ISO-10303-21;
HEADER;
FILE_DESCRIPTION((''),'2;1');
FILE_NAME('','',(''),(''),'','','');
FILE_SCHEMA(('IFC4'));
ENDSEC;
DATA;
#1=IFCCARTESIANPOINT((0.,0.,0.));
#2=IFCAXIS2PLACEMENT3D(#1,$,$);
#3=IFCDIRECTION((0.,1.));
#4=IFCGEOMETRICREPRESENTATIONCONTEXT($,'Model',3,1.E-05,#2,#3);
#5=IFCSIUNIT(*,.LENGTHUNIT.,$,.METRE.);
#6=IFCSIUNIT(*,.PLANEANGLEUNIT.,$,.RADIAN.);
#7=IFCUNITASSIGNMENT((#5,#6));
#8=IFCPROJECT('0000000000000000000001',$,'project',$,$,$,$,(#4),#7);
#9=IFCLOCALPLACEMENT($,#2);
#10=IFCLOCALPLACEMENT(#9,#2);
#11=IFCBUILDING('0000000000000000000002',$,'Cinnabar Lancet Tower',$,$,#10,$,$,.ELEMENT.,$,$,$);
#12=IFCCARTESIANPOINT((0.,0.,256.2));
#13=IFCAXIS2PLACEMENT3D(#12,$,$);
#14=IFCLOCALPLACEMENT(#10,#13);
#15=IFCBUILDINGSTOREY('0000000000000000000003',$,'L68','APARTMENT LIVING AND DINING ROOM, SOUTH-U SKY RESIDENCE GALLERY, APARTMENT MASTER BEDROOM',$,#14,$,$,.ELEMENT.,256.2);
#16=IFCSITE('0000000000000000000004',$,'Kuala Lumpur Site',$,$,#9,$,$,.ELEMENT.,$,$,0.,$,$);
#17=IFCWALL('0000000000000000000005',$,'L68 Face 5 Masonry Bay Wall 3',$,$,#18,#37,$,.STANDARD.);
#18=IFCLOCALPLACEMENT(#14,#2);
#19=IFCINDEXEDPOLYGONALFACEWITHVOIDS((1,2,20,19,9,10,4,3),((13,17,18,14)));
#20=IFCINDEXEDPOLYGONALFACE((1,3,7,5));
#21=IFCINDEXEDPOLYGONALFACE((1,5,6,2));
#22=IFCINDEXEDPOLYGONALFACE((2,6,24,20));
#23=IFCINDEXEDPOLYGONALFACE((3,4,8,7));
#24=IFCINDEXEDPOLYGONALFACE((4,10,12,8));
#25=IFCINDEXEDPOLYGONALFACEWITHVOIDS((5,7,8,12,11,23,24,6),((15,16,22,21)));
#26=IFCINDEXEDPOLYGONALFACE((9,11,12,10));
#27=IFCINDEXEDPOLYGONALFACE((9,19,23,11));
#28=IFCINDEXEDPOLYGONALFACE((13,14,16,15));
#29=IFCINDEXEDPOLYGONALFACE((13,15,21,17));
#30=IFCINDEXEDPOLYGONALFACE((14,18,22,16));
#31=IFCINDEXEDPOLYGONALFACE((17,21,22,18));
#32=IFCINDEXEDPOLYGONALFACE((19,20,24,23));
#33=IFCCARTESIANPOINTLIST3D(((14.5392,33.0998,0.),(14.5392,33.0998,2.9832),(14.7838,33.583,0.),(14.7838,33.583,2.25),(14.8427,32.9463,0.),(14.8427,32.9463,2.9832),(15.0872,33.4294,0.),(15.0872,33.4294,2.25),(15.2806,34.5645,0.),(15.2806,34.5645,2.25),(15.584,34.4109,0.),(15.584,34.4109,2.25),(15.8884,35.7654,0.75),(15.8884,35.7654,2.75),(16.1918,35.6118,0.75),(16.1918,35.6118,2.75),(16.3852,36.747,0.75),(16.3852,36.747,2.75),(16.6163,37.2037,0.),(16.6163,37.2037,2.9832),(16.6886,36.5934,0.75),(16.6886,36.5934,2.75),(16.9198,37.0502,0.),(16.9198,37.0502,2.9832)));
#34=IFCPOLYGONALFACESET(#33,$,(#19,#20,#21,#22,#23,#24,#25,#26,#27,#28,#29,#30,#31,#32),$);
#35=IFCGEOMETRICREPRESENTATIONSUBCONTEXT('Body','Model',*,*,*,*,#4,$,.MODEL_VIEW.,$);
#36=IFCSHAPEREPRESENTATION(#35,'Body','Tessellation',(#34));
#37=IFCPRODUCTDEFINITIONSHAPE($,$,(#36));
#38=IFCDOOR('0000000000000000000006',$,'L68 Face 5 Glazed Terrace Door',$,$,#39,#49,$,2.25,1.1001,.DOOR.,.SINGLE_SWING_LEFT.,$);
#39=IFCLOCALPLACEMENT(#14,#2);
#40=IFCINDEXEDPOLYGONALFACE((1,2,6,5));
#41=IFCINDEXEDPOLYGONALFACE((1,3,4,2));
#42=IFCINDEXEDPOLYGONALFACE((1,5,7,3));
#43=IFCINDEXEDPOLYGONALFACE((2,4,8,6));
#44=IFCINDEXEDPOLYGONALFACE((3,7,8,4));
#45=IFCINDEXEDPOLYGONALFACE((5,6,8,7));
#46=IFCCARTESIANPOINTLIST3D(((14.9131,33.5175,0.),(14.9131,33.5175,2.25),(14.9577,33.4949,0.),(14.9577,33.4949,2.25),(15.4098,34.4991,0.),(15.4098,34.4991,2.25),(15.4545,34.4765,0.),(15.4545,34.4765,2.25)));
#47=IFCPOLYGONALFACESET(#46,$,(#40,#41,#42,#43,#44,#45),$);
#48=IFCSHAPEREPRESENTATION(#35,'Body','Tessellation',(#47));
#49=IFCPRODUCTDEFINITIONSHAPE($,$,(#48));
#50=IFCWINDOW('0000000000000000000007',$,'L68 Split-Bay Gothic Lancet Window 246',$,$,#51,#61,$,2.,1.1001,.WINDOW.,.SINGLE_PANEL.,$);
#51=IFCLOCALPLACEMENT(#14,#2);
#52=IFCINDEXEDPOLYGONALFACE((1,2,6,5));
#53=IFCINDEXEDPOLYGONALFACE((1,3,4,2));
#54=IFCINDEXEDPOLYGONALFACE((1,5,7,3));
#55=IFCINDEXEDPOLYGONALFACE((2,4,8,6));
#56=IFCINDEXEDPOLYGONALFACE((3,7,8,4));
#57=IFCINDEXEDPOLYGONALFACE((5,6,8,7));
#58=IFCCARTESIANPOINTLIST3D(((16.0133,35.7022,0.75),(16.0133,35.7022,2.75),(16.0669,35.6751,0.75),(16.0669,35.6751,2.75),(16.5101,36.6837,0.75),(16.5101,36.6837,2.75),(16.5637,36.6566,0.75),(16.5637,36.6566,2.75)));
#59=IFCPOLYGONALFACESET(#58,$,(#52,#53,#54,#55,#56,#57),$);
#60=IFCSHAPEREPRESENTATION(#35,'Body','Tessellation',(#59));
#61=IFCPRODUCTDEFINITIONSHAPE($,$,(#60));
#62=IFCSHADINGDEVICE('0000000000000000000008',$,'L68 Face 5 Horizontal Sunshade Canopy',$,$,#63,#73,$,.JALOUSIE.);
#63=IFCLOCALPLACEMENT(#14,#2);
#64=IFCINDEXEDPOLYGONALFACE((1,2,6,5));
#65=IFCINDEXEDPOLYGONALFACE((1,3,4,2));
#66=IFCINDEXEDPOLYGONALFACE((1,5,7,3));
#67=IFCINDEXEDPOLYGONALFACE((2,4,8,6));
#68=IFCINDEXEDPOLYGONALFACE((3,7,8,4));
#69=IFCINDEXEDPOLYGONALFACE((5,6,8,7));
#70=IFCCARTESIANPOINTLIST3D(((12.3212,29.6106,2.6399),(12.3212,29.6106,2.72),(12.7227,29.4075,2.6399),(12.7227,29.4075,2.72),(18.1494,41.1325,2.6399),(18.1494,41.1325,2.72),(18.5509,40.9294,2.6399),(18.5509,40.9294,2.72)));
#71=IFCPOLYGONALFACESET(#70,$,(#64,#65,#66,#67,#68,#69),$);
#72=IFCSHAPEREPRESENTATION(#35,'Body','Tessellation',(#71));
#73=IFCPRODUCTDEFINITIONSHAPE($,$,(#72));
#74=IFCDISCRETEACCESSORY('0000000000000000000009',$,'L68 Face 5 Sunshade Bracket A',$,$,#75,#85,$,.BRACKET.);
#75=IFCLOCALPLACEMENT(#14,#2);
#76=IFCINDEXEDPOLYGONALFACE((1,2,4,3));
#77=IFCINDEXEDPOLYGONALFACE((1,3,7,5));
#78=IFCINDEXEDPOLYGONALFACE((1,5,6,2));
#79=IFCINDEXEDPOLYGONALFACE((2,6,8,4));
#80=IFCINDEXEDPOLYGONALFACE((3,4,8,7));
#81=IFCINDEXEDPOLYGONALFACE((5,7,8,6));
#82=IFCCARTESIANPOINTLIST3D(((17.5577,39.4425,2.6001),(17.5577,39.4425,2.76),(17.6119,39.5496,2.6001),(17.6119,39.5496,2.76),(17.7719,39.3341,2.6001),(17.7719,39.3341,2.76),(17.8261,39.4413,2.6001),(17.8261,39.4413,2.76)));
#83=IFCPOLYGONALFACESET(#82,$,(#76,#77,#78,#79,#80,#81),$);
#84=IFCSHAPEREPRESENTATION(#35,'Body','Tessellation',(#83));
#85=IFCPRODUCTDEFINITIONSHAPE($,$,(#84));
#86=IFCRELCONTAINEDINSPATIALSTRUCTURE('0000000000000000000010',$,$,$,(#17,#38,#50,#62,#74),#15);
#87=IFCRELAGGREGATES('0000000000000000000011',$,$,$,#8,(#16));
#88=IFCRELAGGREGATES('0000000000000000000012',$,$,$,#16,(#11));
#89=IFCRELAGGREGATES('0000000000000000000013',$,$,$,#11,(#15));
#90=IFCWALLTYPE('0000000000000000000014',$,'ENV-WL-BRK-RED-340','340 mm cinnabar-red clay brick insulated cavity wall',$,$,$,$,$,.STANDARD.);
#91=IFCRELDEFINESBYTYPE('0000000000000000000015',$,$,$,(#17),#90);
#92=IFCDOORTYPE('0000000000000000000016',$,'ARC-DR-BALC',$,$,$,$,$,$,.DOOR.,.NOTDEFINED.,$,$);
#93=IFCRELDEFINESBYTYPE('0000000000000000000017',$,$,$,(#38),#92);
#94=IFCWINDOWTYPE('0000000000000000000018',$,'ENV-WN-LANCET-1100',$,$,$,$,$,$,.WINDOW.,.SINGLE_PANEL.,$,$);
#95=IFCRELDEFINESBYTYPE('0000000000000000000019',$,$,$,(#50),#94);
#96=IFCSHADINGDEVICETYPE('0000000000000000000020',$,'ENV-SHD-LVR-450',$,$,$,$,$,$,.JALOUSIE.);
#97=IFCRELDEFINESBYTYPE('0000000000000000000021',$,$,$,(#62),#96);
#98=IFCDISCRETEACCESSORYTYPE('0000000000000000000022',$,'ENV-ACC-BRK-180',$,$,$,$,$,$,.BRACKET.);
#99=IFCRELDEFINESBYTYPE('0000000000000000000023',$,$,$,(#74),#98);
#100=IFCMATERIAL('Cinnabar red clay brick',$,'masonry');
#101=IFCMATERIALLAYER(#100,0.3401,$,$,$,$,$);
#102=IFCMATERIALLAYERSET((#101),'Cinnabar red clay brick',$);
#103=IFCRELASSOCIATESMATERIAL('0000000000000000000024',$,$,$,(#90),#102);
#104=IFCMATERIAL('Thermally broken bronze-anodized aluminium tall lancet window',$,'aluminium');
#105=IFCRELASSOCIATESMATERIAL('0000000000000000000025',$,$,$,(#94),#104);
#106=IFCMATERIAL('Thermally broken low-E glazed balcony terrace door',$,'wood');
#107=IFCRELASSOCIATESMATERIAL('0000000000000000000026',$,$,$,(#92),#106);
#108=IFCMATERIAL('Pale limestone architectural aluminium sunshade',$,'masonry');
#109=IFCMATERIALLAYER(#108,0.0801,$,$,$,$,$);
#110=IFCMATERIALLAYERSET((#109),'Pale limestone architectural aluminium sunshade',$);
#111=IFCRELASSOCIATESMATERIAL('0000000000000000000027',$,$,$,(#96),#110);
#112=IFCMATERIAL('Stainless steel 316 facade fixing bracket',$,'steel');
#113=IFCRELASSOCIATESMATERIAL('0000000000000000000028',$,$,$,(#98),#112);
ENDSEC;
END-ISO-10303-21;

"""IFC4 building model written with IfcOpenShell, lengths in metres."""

from ifc_helpers import new_model, si_unit, direction, frame, frame_2d, origin, origin_2d, place, context, subcontext, project, spatial, rectangle, extrude, material, layer, layer_set, type_object, element, fill, save


model = new_model("IFC4")

# Units and contexts
model_context = context("Model", 3, precision=1e-05, world=origin(), true_north=direction((0.0, 1.0)))
body_context = subcontext(model_context, "Body", "Model", "MODEL_VIEW")
ifc_project = project(units=[si_unit("LENGTHUNIT", "METRE"), si_unit("PLANEANGLEUNIT", "RADIAN")], contexts=[model_context])

# Site, building, storey
site_placement = place(None, origin())
site = spatial("IfcSite", under=ifc_project, at=site_placement, Name="Kuala Lumpur Site", CompositionType="ELEMENT", RefElevation=0.0)
building_placement = place(site_placement, origin())
building = spatial("IfcBuilding", under=site, at=building_placement, Name="Cinnabar Lancet Tower", CompositionType="ELEMENT")
storey_placement = place(building_placement, frame((0.0, 0.0, 256.2)))
storey = spatial("IfcBuildingStorey", under=building, at=storey_placement, Name="L68", Description="APARTMENT LIVING AND DINING ROOM, SOUTH-U SKY RESIDENCE GALLERY, APARTMENT MASTER BEDROOM", CompositionType="ELEMENT", Elevation=256.2)

# Shared definitions
ifc_material_1 = material(Name="Cinnabar red clay brick", Category="masonry")
ifc_layer_1 = layer(ifc_material_1, 0.3401)
ifc_layer_set_1 = layer_set([ifc_layer_1], Name="Cinnabar red clay brick")
wall_type_1 = type_object("IfcWallType", Name="ENV-WL-BRK-RED-340", Description="340 mm cinnabar-red clay brick insulated cavity wall", PredefinedType="STANDARD", material=ifc_layer_set_1)

# Shared definitions
ifc_material_2 = material(Name="Thermally broken bronze-anodized aluminium tall lancet window", Category="aluminium")
window_type = type_object("IfcWindowType", Name="ENV-WN-LANCET-1100", PartitioningType="SINGLE_PANEL", PredefinedType="WINDOW", material=ifc_material_2)

# Wall, openings, door, window
wall_1_placement = place(storey_placement, frame((16.7681, 37.127, 0.0), z_axis=(0.0, 0.0, 1.0), x_axis=(-0.451582, -0.89223, 0.0)))
wall_1 = element("IfcWall", 1, at=wall_1_placement, inside=storey, type_object=wall_type_1, Name="L68 Face 5 Masonry Bay Wall 3", PredefinedType="STANDARD", context=body_context, shape_type="SweptSolid", body=[
    extrude(rectangle(XDim=4.5996, YDim=0.3401, at=frame_2d((2.2998, 0.0))), origin(), (0.0, 0.0, 1.0), 2.9832),
])
opening_1_placement = place(wall_1_placement, frame((2.958, 0.0, 0.0)))
opening_1 = element("IfcOpeningElement", 2, at=opening_1_placement, cuts=wall_1, PredefinedType="OPENING", context=body_context, shape_type="SweptSolid", body=[
    extrude(rectangle(XDim=1.1001, YDim=2.25, at=frame_2d((0.55, 1.125))), frame((0.0, 0.1799, 0.0), z_axis=(0.0, -1.0, 0.0), x_axis=(1.0, 0.0, 0.0)), (0.0, 0.0, 1.0), 0.3601),
])
opening_2_placement = place(wall_1_placement, frame((0.512, 0.0, 0.75)))
opening_2 = element("IfcOpeningElement", 3, at=opening_2_placement, cuts=wall_1, PredefinedType="OPENING", context=body_context, shape_type="SweptSolid", body=[
    extrude(rectangle(XDim=1.1001, YDim=2.0, at=frame_2d((0.55, 1.0))), frame((0.0, 0.1799, 0.0), z_axis=(0.0, -1.0, 0.0), x_axis=(1.0, 0.0, 0.0)), (0.0, 0.0, 1.0), 0.3601),
])
ifc_material_3 = material(Name="Thermally broken low-E glazed balcony terrace door", Category="wood")
door_type_1 = type_object("IfcDoorType", Name="ARC-DR-BALC", OperationType="NOTDEFINED", PredefinedType="DOOR", material=ifc_material_3)
door_1_placement = place(opening_1_placement, origin())
door_1 = element("IfcDoor", 4, at=door_1_placement, inside=storey, type_object=door_type_1, Name="L68 Face 5 Glazed Terrace Door", OperationType="SINGLE_SWING_LEFT", OverallHeight=2.25, OverallWidth=1.1001, PredefinedType="DOOR", context=body_context, shape_type="SweptSolid", body=[
    extrude(rectangle(XDim=1.1001, YDim=2.25, at=frame_2d((0.55, 1.125))), frame((0.0, 0.0249, 0.0), z_axis=(0.0, -1.0, 0.0), x_axis=(1.0, 0.0, 0.0)), (0.0, 0.0, 1.0), 0.05),
])
fill(opening_1, door_1)
window_1_placement = place(opening_2_placement, origin())
window_1 = element("IfcWindow", 5, at=window_1_placement, inside=storey, type_object=window_type, Name="L68 Split-Bay Gothic Lancet Window 246", OverallHeight=2.0, OverallWidth=1.1001, PartitioningType="SINGLE_PANEL", PredefinedType="WINDOW", context=body_context, shape_type="SweptSolid", body=[
    extrude(rectangle(XDim=1.1001, YDim=2.0, at=frame_2d((0.55, 1.0))), frame((0.0, 0.03, 0.0), z_axis=(0.0, -1.0, 0.0), x_axis=(1.0, 0.0, 0.0)), (0.0, 0.0, 1.0), 0.0601),
])
fill(opening_2, window_1)

# Shading device
ifc_material_4 = material(Name="Pale limestone architectural aluminium sunshade", Category="masonry")
ifc_layer_2 = layer(ifc_material_4, 0.0801)
ifc_layer_set_2 = layer_set([ifc_layer_2], Name="Pale limestone architectural aluminium sunshade")
shading_device_type = type_object("IfcShadingDeviceType", Name="ENV-SHD-LVR-450", PredefinedType="JALOUSIE", material=ifc_layer_set_2)
shading_device_placement = place(storey_placement, frame((15.436, 35.27, 2.6399), z_axis=(0.0, 0.0, 1.0), x_axis=(-0.451376, -0.892334, 0.0)))
element("IfcShadingDevice", 6, at=shading_device_placement, inside=storey, type_object=shading_device_type, Name="L68 Face 5 Horizontal Sunshade Canopy", PredefinedType="JALOUSIE", context=body_context, shape_type="SweptSolid", body=[
    extrude(rectangle(XDim=12.9121, YDim=0.45, at=origin_2d()), origin(), (0.0, 0.0, 1.0), 0.0801),
])

# Discrete accessory
ifc_material_5 = material(Name="Stainless steel 316 facade fixing bracket", Category="steel")
discrete_accessory_type = type_object("IfcDiscreteAccessoryType", Name="ENV-ACC-BRK-180", PredefinedType="BRACKET", material=ifc_material_5)
discrete_accessory_placement = place(storey_placement, frame((17.6919, 39.4419, 2.6001), z_axis=(0.0, 0.0, 1.0), x_axis=(-0.451376, -0.892334, 0.0)))
element("IfcDiscreteAccessory", 7, at=discrete_accessory_placement, inside=storey, type_object=discrete_accessory_type, Name="L68 Face 5 Sunshade Bracket A", PredefinedType="BRACKET", context=body_context, shape_type="SweptSolid", body=[
    extrude(rectangle(XDim=0.1201, YDim=0.24, at=origin_2d()), origin(), (0.0, 0.0, 1.0), 0.1599),
])

save(model, "model.ifc")
